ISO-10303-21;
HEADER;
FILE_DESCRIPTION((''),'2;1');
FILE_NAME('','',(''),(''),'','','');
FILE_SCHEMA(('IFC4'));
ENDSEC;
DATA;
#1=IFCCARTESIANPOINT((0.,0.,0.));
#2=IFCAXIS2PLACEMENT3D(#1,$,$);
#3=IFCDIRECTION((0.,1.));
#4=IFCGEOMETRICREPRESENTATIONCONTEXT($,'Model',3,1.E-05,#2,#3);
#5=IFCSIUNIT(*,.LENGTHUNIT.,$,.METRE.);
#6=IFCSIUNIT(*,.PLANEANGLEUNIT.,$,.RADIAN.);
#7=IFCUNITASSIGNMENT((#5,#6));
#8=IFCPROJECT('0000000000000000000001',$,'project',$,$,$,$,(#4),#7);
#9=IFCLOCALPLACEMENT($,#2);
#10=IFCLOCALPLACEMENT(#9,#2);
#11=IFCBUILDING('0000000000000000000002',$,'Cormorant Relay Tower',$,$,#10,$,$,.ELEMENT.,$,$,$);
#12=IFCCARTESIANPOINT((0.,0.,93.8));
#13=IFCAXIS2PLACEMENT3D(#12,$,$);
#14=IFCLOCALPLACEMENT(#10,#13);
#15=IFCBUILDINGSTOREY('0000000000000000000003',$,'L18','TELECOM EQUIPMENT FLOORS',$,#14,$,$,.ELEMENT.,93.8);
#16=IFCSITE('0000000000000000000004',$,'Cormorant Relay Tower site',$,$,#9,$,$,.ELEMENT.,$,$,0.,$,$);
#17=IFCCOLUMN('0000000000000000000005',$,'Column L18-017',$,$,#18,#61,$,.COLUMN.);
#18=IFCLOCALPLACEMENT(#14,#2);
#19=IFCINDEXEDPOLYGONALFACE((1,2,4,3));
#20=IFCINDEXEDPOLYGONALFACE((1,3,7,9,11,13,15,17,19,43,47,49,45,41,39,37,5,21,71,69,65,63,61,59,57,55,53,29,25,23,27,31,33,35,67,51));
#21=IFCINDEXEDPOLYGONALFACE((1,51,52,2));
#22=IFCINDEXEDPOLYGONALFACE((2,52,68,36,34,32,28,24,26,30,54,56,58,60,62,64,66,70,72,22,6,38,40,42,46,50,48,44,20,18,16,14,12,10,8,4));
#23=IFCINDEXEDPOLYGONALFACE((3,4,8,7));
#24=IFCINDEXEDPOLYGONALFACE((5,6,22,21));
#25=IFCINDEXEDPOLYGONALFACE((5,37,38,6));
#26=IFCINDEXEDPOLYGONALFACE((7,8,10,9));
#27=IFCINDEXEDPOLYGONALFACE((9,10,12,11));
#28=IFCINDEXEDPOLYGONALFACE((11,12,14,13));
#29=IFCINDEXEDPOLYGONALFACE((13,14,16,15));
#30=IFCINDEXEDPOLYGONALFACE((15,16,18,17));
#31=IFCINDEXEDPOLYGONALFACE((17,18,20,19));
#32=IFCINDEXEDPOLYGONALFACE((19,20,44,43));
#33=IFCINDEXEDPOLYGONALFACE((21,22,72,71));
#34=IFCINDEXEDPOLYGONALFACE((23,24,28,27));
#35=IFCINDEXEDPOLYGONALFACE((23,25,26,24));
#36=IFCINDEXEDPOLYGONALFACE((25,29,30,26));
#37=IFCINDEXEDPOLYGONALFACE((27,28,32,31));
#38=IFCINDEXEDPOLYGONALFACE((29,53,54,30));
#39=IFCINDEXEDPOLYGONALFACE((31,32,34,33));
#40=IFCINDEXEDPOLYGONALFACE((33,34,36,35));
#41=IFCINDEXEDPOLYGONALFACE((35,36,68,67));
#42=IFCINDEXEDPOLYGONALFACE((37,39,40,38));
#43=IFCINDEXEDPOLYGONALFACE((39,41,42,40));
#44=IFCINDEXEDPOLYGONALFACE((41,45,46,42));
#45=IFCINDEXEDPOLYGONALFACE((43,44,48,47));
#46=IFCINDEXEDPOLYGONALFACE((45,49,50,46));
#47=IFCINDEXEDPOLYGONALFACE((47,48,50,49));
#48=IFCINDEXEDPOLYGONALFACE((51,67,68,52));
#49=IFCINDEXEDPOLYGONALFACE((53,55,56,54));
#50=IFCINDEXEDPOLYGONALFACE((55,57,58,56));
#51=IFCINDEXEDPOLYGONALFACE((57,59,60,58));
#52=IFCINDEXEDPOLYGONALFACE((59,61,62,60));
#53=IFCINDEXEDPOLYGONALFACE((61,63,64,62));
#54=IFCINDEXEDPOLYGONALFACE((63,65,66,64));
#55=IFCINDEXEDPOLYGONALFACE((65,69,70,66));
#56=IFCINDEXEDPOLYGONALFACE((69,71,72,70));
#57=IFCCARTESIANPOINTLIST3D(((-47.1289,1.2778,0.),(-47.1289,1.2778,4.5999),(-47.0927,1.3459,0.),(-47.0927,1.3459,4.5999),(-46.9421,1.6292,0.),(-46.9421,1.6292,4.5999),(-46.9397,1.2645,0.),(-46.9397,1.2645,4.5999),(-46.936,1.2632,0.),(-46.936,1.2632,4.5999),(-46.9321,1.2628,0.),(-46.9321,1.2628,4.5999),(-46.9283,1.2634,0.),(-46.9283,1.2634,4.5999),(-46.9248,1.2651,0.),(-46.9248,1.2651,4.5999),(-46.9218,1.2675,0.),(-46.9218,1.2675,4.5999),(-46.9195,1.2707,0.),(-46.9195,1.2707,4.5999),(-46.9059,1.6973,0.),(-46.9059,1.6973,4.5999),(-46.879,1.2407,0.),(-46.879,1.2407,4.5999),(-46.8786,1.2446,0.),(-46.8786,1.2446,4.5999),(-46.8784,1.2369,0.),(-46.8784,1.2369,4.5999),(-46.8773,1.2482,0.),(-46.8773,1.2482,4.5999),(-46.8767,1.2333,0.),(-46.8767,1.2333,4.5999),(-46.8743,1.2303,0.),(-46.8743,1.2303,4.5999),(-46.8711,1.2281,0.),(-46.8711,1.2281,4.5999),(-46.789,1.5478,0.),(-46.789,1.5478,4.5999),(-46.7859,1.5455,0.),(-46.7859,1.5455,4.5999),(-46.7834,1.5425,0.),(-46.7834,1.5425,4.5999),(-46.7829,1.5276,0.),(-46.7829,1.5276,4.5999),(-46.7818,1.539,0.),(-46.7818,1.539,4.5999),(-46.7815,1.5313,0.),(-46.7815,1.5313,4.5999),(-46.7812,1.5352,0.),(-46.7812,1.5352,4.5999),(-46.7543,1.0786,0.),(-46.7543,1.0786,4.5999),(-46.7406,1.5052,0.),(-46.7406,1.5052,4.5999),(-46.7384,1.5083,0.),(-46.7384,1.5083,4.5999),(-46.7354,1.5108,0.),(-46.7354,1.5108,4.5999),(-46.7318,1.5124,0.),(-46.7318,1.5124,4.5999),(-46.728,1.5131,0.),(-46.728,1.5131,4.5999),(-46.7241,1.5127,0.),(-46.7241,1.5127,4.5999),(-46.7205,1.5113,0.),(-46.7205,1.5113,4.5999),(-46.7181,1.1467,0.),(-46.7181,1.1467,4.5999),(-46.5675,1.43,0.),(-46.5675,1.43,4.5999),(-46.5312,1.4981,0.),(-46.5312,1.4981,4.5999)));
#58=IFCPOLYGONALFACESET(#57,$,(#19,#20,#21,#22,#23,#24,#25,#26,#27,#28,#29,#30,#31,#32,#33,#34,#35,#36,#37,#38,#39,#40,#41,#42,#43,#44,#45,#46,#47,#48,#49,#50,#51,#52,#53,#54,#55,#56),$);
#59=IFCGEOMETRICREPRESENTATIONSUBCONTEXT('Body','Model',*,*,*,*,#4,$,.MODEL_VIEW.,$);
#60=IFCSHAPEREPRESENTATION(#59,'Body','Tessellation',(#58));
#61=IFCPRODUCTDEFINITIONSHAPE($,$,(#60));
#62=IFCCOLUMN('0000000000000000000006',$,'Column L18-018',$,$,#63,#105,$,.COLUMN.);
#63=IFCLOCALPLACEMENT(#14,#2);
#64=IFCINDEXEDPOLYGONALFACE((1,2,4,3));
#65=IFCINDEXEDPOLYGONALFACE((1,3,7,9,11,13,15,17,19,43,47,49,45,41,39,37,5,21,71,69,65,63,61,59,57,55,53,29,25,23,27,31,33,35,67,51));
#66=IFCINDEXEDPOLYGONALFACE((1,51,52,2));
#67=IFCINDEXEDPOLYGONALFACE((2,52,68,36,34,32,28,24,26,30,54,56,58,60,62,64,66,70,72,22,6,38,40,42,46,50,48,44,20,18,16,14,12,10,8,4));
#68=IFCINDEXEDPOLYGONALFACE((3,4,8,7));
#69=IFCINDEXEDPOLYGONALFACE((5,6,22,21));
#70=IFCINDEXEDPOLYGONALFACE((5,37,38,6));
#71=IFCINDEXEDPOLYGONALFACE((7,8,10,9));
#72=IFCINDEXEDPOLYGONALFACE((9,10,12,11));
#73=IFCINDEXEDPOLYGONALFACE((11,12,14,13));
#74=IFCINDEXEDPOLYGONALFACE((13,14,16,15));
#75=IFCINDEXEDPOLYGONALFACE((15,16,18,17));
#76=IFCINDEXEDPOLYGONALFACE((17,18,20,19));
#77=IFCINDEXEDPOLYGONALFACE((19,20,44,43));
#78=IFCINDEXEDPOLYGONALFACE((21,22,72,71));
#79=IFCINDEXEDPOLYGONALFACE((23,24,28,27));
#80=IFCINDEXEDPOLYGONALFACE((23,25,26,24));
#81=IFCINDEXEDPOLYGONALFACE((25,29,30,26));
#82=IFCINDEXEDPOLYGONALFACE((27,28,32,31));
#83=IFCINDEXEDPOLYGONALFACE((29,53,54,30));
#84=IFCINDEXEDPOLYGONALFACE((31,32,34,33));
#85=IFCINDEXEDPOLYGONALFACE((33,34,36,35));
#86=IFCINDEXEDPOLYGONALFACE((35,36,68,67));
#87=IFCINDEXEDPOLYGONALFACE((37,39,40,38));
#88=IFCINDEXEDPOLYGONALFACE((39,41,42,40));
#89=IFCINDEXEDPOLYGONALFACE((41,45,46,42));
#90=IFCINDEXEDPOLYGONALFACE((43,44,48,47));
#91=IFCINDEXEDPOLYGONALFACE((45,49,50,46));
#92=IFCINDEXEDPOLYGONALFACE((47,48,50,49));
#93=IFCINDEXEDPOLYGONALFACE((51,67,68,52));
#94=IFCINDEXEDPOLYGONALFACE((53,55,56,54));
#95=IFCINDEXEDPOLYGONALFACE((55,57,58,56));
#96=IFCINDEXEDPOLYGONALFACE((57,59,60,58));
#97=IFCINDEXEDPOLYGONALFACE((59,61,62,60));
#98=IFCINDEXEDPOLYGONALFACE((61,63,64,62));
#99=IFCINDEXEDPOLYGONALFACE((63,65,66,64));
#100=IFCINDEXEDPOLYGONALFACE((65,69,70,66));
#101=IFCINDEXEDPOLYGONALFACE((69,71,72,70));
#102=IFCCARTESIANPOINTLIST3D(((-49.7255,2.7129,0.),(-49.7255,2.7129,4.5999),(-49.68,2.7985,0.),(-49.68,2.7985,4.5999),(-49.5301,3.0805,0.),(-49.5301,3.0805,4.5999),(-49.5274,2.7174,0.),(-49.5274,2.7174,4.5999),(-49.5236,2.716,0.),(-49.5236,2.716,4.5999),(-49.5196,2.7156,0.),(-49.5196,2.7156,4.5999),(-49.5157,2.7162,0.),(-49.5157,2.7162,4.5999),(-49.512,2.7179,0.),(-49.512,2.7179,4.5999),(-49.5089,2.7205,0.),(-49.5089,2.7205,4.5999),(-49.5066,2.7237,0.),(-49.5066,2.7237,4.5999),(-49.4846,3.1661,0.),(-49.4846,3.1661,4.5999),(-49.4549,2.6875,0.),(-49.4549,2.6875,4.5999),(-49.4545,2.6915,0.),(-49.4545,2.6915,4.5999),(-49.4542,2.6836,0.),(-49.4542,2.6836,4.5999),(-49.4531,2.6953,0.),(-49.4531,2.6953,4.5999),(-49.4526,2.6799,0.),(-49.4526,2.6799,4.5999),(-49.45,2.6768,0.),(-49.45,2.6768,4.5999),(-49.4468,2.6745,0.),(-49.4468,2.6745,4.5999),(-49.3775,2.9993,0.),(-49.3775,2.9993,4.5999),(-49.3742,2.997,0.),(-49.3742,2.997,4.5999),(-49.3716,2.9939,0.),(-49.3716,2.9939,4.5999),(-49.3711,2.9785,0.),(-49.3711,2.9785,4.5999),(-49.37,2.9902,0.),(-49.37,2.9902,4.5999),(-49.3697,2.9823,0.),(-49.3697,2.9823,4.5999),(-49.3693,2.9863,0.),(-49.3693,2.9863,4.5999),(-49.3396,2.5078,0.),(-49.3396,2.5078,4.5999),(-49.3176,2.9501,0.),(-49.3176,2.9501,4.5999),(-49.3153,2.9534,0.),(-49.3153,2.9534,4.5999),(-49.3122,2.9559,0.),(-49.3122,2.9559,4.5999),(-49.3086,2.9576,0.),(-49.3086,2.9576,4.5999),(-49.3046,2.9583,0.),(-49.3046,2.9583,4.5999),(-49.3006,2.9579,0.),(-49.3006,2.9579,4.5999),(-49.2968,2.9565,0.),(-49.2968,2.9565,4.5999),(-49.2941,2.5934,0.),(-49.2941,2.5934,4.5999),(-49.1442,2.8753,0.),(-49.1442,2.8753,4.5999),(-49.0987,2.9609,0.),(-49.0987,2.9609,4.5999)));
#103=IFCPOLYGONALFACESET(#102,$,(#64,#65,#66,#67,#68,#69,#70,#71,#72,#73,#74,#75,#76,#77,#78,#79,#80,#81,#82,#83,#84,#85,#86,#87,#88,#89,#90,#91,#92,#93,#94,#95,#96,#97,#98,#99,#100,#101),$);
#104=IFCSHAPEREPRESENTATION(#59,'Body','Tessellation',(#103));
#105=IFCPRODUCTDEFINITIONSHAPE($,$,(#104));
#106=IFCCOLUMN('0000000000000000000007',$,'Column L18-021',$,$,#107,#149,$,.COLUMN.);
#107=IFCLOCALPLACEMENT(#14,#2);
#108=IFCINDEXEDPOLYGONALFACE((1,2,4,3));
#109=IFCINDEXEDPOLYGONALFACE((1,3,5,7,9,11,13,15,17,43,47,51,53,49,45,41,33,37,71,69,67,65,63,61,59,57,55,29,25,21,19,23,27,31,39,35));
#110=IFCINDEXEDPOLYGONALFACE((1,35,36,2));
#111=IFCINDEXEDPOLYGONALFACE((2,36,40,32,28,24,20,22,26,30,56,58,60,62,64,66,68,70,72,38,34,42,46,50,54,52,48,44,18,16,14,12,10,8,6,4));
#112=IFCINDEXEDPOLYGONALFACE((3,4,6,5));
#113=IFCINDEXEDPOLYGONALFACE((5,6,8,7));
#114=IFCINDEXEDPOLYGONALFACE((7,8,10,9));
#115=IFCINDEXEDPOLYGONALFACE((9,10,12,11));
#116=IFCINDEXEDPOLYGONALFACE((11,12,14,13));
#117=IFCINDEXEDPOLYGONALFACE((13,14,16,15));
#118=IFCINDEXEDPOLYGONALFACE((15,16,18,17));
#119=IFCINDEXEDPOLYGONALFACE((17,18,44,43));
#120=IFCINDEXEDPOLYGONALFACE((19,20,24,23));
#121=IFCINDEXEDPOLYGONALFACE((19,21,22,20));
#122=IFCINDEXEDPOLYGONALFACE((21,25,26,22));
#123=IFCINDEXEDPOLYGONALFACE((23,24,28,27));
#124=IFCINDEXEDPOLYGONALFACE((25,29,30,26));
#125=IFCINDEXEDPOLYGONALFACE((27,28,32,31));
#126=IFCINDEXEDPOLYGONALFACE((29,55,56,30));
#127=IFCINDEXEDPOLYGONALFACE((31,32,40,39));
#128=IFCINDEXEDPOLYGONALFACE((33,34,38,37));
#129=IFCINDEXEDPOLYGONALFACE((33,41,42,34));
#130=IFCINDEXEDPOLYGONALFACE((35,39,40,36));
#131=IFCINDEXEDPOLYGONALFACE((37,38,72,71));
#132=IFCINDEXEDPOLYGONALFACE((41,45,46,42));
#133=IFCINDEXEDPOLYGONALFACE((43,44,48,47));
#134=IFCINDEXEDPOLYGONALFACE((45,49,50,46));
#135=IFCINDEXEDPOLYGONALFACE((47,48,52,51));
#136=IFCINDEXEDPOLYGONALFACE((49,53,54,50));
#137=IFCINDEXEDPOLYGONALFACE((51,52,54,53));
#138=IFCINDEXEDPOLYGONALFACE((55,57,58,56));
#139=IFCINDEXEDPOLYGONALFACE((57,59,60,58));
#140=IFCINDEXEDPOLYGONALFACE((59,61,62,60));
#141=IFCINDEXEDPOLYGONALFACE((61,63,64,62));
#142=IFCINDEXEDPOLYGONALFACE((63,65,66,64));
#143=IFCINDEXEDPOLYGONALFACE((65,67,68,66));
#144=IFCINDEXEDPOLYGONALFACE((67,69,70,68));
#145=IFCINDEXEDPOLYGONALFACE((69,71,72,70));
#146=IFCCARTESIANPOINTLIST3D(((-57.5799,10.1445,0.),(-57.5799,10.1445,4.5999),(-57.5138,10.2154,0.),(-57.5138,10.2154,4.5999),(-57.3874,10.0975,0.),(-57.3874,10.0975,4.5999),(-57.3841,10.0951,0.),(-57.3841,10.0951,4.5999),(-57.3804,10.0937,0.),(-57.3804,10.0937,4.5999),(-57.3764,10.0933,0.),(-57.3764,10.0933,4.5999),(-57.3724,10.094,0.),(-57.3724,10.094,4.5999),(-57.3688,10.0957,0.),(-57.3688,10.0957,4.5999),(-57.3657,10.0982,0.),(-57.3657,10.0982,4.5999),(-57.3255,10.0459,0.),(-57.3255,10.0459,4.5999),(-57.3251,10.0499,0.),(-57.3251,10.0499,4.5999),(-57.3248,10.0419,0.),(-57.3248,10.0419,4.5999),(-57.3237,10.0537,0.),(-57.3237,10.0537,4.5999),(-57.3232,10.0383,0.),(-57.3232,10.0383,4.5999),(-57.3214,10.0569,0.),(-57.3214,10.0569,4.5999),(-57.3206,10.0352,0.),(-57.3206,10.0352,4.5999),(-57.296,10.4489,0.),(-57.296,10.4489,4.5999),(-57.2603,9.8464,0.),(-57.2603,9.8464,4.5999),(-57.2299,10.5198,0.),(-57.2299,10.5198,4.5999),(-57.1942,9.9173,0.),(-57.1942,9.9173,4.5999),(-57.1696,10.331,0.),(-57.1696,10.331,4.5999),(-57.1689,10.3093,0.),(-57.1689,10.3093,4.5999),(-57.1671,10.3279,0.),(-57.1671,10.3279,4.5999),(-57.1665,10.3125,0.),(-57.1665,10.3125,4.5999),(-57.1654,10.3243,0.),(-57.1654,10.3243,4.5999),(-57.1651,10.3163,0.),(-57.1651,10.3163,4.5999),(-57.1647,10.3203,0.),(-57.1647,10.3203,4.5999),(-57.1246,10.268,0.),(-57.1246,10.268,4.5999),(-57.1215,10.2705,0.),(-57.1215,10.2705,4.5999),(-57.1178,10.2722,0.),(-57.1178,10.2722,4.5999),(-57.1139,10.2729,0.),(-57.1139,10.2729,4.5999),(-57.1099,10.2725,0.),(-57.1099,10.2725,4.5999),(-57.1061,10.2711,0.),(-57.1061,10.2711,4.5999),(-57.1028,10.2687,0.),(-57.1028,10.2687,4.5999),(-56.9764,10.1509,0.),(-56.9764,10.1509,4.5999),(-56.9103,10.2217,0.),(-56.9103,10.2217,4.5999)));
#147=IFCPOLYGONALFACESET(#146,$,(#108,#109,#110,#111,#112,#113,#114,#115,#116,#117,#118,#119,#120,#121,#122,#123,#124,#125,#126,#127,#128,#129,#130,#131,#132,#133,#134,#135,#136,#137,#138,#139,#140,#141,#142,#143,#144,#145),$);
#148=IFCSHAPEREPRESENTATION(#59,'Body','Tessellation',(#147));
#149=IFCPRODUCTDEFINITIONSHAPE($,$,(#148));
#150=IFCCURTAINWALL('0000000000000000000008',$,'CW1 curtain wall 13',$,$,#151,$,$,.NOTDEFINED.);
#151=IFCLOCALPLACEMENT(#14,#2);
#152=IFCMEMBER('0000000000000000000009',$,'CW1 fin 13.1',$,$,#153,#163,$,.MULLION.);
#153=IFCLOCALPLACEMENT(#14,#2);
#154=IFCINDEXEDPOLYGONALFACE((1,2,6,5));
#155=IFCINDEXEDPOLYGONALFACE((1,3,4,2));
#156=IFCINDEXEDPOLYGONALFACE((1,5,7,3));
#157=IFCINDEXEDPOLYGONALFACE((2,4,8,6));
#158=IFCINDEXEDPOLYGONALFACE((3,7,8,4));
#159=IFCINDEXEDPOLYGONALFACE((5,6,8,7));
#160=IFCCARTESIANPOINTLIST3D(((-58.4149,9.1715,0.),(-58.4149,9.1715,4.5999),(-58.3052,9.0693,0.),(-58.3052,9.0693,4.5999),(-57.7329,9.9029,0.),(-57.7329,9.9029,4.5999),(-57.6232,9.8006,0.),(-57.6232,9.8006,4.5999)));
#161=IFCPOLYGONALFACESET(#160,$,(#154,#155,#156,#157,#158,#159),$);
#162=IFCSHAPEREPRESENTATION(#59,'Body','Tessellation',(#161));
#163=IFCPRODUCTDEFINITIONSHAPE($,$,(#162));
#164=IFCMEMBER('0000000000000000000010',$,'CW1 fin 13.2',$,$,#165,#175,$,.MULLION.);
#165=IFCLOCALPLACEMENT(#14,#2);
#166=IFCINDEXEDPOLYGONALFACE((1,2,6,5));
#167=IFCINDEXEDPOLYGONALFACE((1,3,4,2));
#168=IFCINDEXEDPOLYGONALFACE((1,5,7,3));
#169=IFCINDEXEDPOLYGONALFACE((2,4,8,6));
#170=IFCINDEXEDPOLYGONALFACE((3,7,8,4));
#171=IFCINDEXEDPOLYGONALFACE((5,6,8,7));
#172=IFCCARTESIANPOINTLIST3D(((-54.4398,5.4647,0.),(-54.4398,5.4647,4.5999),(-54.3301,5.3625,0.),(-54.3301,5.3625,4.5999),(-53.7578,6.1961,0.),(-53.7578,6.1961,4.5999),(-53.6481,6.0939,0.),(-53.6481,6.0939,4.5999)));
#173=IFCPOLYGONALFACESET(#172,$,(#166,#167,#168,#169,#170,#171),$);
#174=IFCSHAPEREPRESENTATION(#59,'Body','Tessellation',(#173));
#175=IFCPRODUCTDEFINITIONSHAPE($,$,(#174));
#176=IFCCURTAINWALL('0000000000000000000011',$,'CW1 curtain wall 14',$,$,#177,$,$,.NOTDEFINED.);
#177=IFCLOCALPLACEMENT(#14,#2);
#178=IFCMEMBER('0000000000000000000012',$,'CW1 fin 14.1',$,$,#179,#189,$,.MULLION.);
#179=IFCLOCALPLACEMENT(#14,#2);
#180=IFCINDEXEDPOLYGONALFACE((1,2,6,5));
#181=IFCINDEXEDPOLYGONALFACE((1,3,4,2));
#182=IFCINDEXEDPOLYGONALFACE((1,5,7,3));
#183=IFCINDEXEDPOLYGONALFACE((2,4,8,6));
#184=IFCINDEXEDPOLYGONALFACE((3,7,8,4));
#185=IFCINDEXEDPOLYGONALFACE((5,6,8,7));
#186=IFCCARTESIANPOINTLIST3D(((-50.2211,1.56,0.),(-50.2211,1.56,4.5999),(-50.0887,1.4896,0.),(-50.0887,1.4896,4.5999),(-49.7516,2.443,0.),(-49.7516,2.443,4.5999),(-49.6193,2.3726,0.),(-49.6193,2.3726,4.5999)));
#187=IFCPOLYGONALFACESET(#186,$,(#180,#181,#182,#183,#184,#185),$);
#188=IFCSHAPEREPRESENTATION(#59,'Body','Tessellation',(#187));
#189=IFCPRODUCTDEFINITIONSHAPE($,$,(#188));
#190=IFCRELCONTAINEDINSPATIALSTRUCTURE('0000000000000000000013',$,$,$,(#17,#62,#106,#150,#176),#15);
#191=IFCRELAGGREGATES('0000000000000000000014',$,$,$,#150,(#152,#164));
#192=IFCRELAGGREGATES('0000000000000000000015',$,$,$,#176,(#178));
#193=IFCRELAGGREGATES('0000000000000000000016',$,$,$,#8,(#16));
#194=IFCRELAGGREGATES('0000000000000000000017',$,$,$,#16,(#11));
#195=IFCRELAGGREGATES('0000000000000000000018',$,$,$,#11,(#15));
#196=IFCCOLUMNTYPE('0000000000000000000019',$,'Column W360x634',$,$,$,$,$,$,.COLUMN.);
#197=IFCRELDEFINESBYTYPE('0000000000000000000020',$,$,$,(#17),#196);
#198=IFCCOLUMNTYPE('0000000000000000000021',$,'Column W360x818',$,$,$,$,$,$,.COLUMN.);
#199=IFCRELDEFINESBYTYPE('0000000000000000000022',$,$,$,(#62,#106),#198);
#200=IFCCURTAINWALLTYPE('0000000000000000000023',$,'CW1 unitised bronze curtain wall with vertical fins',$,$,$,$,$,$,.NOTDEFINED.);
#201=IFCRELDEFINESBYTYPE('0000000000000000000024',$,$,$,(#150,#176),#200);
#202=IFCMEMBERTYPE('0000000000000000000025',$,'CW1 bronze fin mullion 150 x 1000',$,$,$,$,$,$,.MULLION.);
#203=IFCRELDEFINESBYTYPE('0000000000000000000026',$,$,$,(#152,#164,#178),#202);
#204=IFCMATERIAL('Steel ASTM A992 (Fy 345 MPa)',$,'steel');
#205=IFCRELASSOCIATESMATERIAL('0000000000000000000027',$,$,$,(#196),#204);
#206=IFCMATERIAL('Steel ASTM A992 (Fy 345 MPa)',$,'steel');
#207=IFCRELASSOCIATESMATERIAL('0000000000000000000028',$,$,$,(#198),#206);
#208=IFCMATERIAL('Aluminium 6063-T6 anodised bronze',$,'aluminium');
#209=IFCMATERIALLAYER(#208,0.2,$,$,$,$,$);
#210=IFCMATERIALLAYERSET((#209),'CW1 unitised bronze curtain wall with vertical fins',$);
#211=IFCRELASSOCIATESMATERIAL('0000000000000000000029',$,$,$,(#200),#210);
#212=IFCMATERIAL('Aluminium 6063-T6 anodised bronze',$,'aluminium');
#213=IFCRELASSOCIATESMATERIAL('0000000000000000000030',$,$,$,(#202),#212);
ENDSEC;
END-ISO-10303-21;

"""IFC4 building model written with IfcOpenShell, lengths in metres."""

from ifc_helpers import new_model, si_unit, direction, frame, origin, origin_2d, place, context, subcontext, project, spatial, rectangle, i_section, extrude, material, layer, layer_set, material_profile, profile_set, type_object, element, aggregate, save


model = new_model("IFC4")

# Units and contexts
model_context = context("Model", 3, precision=1e-05, world=origin(), true_north=direction((0.0, 1.0)))
body_context = subcontext(model_context, "Body", "Model", "MODEL_VIEW")
ifc_project = project(units=[si_unit("LENGTHUNIT", "METRE"), si_unit("PLANEANGLEUNIT", "RADIAN")], contexts=[model_context])

# Site, building, storey
site_placement = place(None, origin())
site = spatial("IfcSite", under=ifc_project, at=site_placement, Name="Cormorant Relay Tower site", CompositionType="ELEMENT", RefElevation=0.0)
building_placement = place(site_placement, origin())
building = spatial("IfcBuilding", under=site, at=building_placement, Name="Cormorant Relay Tower", CompositionType="ELEMENT")
storey_placement = place(building_placement, frame((0.0, 0.0, 93.8)))
storey = spatial("IfcBuildingStorey", under=building, at=storey_placement, Name="L18", Description="TELECOM EQUIPMENT FLOORS", CompositionType="ELEMENT", Elevation=93.8)

# Columns
ifc_material_1 = material(Name="Steel ASTM A992 (Fy 345 MPa)", Category="steel")
ifc_material_profile_1 = material_profile(ifc_material_1, i_section(OverallWidth=0.4243, OverallDepth=0.4751, WebThickness=0.0479, FlangeThickness=0.0771, FilletRadius=0.0149, at=origin_2d()), Name="W360x634")
ifc_profile_set_1 = profile_set([ifc_material_profile_1], Name="Steel ASTM A992 (Fy 345 MPa)")
column_type_1 = type_object("IfcColumnType", Name="Column W360x634", PredefinedType="COLUMN", material=ifc_profile_set_1)
column_placement = place(storey_placement, frame((-46.8301, 1.3879, 0.0), z_axis=(0.0, 0.0, 1.0), x_axis=(0.882948, -0.469472, 0.0)))
element("IfcColumn", 1, at=column_placement, inside=storey, type_object=column_type_1, Name="Column L18-017", PredefinedType="COLUMN", context=body_context, shape_type="SweptSolid", body=[
    extrude(i_section(OverallWidth=0.4243, OverallDepth=0.4751, WebThickness=0.0479, FlangeThickness=0.0771, FilletRadius=0.0149, at=origin_2d()), origin(), (0.0, 0.0, 1.0), 4.5999),
])
ifc_material_2 = material(Name="Steel ASTM A992 (Fy 345 MPa)", Category="steel")
ifc_material_profile_2 = material_profile(ifc_material_2, i_section(OverallWidth=0.437, OverallDepth=0.5132, WebThickness=0.0605, FlangeThickness=0.0969, FilletRadius=0.0154, at=origin_2d()), Name="W360x818")
ifc_profile_set_2 = profile_set([ifc_material_profile_2], Name="Steel ASTM A992 (Fy 345 MPa)")
column_type_2 = type_object("IfcColumnType", Name="Column W360x818", PredefinedType="COLUMN", material=ifc_profile_set_2)
for number, where, z_axis, x_axis, name in (
    (2, (-49.4121, 2.8369, 0.0), (0.0, 0.0, 1.0), (0.882948, -0.469472, 0.0), "Column L18-018"),
    (3, (-57.2451, 10.1831, 0.0), (0.0, 0.0, 1.0), (0.731354, -0.681998, 0.0), "Column L18-021"),
):
    element("IfcColumn", number, at=place(storey_placement, frame(where, z_axis=z_axis, x_axis=x_axis)), inside=storey, type_object=column_type_2, Name=name, PredefinedType="COLUMN", context=body_context, shape_type="SweptSolid", body=[
        extrude(i_section(OverallWidth=0.437, OverallDepth=0.5132, WebThickness=0.0605, FlangeThickness=0.0969, FilletRadius=0.0154, at=origin_2d()), origin(), (0.0, 0.0, 1.0), 4.5999),
    ])

# Curtain wall, members
ifc_material_3 = material(Name="Aluminium 6063-T6 anodised bronze", Category="aluminium")
ifc_layer_1 = layer(ifc_material_3, 0.2)
ifc_layer_set_1 = layer_set([ifc_layer_1], Name="CW1 unitised bronze curtain wall with vertical fins")
curtain_wall_type = type_object("IfcCurtainWallType", Name="CW1 unitised bronze curtain wall with vertical fins", PredefinedType="NOTDEFINED", material=ifc_layer_set_1)
curtain_wall_1_placement = place(storey_placement, origin())
curtain_wall_1 = element("IfcCurtainWall", 4, at=curtain_wall_1_placement, inside=storey, type_object=curtain_wall_type, Name="CW1 curtain wall 13", PredefinedType="NOTDEFINED")
ifc_material_4 = material(Name="Aluminium 6063-T6 anodised bronze", Category="aluminium")
ifc_material_profile_3 = material_profile(ifc_material_4, rectangle(XDim=0.1499, YDim=1.0, at=origin_2d()), Name="AL 150x1000")
ifc_profile_set_3 = profile_set([ifc_material_profile_3], Name="Aluminium 6063-T6 anodised bronze")
member_type_1 = type_object("IfcMemberType", Name="CW1 bronze fin mullion 150 x 1000", PredefinedType="MULLION", material=ifc_profile_set_3)
member_1_placement = place(storey_placement, frame((-58.019, 9.4861, 0.0), z_axis=(0.0, 0.0, 1.0), x_axis=(0.731354, -0.681998, 0.0)))
member_1 = element("IfcMember", 5, at=member_1_placement, type_object=member_type_1, Name="CW1 fin 13.1", PredefinedType="MULLION", context=body_context, shape_type="SweptSolid", body=[
    extrude(rectangle(XDim=0.1499, YDim=1.0, at=origin_2d()), origin(), (0.0, 0.0, 1.0), 4.5999),
])
member_2_placement = place(storey_placement, frame((-54.0439, 5.7793, 0.0), z_axis=(0.0, 0.0, 1.0), x_axis=(0.731354, -0.681998, 0.0)))
member_2 = element("IfcMember", 6, at=member_2_placement, type_object=member_type_1, Name="CW1 fin 13.2", PredefinedType="MULLION", context=body_context, shape_type="SweptSolid", body=[
    extrude(rectangle(XDim=0.1499, YDim=1.0, at=origin_2d()), origin(), (0.0, 0.0, 1.0), 4.5999),
])

# Curtain wall, member
curtain_wall_2_placement = place(storey_placement, origin())
curtain_wall_2 = element("IfcCurtainWall", 7, at=curtain_wall_2_placement, inside=storey, type_object=curtain_wall_type, Name="CW1 curtain wall 14", PredefinedType="NOTDEFINED")
member_3_placement = place(storey_placement, frame((-49.9202, 1.9663, 0.0), z_axis=(0.0, 0.0, 1.0), x_axis=(0.882948, -0.469472, 0.0)))
member_3 = element("IfcMember", 8, at=member_3_placement, type_object=member_type_1, Name="CW1 fin 14.1", PredefinedType="MULLION", context=body_context, shape_type="SweptSolid", body=[
    extrude(rectangle(XDim=0.1499, YDim=1.0, at=origin_2d()), origin(), (0.0, 0.0, 1.0), 4.5999),
])

aggregate(curtain_wall_1, [member_1, member_2])
aggregate(curtain_wall_2, [member_3])

save(model, "model.ifc")
